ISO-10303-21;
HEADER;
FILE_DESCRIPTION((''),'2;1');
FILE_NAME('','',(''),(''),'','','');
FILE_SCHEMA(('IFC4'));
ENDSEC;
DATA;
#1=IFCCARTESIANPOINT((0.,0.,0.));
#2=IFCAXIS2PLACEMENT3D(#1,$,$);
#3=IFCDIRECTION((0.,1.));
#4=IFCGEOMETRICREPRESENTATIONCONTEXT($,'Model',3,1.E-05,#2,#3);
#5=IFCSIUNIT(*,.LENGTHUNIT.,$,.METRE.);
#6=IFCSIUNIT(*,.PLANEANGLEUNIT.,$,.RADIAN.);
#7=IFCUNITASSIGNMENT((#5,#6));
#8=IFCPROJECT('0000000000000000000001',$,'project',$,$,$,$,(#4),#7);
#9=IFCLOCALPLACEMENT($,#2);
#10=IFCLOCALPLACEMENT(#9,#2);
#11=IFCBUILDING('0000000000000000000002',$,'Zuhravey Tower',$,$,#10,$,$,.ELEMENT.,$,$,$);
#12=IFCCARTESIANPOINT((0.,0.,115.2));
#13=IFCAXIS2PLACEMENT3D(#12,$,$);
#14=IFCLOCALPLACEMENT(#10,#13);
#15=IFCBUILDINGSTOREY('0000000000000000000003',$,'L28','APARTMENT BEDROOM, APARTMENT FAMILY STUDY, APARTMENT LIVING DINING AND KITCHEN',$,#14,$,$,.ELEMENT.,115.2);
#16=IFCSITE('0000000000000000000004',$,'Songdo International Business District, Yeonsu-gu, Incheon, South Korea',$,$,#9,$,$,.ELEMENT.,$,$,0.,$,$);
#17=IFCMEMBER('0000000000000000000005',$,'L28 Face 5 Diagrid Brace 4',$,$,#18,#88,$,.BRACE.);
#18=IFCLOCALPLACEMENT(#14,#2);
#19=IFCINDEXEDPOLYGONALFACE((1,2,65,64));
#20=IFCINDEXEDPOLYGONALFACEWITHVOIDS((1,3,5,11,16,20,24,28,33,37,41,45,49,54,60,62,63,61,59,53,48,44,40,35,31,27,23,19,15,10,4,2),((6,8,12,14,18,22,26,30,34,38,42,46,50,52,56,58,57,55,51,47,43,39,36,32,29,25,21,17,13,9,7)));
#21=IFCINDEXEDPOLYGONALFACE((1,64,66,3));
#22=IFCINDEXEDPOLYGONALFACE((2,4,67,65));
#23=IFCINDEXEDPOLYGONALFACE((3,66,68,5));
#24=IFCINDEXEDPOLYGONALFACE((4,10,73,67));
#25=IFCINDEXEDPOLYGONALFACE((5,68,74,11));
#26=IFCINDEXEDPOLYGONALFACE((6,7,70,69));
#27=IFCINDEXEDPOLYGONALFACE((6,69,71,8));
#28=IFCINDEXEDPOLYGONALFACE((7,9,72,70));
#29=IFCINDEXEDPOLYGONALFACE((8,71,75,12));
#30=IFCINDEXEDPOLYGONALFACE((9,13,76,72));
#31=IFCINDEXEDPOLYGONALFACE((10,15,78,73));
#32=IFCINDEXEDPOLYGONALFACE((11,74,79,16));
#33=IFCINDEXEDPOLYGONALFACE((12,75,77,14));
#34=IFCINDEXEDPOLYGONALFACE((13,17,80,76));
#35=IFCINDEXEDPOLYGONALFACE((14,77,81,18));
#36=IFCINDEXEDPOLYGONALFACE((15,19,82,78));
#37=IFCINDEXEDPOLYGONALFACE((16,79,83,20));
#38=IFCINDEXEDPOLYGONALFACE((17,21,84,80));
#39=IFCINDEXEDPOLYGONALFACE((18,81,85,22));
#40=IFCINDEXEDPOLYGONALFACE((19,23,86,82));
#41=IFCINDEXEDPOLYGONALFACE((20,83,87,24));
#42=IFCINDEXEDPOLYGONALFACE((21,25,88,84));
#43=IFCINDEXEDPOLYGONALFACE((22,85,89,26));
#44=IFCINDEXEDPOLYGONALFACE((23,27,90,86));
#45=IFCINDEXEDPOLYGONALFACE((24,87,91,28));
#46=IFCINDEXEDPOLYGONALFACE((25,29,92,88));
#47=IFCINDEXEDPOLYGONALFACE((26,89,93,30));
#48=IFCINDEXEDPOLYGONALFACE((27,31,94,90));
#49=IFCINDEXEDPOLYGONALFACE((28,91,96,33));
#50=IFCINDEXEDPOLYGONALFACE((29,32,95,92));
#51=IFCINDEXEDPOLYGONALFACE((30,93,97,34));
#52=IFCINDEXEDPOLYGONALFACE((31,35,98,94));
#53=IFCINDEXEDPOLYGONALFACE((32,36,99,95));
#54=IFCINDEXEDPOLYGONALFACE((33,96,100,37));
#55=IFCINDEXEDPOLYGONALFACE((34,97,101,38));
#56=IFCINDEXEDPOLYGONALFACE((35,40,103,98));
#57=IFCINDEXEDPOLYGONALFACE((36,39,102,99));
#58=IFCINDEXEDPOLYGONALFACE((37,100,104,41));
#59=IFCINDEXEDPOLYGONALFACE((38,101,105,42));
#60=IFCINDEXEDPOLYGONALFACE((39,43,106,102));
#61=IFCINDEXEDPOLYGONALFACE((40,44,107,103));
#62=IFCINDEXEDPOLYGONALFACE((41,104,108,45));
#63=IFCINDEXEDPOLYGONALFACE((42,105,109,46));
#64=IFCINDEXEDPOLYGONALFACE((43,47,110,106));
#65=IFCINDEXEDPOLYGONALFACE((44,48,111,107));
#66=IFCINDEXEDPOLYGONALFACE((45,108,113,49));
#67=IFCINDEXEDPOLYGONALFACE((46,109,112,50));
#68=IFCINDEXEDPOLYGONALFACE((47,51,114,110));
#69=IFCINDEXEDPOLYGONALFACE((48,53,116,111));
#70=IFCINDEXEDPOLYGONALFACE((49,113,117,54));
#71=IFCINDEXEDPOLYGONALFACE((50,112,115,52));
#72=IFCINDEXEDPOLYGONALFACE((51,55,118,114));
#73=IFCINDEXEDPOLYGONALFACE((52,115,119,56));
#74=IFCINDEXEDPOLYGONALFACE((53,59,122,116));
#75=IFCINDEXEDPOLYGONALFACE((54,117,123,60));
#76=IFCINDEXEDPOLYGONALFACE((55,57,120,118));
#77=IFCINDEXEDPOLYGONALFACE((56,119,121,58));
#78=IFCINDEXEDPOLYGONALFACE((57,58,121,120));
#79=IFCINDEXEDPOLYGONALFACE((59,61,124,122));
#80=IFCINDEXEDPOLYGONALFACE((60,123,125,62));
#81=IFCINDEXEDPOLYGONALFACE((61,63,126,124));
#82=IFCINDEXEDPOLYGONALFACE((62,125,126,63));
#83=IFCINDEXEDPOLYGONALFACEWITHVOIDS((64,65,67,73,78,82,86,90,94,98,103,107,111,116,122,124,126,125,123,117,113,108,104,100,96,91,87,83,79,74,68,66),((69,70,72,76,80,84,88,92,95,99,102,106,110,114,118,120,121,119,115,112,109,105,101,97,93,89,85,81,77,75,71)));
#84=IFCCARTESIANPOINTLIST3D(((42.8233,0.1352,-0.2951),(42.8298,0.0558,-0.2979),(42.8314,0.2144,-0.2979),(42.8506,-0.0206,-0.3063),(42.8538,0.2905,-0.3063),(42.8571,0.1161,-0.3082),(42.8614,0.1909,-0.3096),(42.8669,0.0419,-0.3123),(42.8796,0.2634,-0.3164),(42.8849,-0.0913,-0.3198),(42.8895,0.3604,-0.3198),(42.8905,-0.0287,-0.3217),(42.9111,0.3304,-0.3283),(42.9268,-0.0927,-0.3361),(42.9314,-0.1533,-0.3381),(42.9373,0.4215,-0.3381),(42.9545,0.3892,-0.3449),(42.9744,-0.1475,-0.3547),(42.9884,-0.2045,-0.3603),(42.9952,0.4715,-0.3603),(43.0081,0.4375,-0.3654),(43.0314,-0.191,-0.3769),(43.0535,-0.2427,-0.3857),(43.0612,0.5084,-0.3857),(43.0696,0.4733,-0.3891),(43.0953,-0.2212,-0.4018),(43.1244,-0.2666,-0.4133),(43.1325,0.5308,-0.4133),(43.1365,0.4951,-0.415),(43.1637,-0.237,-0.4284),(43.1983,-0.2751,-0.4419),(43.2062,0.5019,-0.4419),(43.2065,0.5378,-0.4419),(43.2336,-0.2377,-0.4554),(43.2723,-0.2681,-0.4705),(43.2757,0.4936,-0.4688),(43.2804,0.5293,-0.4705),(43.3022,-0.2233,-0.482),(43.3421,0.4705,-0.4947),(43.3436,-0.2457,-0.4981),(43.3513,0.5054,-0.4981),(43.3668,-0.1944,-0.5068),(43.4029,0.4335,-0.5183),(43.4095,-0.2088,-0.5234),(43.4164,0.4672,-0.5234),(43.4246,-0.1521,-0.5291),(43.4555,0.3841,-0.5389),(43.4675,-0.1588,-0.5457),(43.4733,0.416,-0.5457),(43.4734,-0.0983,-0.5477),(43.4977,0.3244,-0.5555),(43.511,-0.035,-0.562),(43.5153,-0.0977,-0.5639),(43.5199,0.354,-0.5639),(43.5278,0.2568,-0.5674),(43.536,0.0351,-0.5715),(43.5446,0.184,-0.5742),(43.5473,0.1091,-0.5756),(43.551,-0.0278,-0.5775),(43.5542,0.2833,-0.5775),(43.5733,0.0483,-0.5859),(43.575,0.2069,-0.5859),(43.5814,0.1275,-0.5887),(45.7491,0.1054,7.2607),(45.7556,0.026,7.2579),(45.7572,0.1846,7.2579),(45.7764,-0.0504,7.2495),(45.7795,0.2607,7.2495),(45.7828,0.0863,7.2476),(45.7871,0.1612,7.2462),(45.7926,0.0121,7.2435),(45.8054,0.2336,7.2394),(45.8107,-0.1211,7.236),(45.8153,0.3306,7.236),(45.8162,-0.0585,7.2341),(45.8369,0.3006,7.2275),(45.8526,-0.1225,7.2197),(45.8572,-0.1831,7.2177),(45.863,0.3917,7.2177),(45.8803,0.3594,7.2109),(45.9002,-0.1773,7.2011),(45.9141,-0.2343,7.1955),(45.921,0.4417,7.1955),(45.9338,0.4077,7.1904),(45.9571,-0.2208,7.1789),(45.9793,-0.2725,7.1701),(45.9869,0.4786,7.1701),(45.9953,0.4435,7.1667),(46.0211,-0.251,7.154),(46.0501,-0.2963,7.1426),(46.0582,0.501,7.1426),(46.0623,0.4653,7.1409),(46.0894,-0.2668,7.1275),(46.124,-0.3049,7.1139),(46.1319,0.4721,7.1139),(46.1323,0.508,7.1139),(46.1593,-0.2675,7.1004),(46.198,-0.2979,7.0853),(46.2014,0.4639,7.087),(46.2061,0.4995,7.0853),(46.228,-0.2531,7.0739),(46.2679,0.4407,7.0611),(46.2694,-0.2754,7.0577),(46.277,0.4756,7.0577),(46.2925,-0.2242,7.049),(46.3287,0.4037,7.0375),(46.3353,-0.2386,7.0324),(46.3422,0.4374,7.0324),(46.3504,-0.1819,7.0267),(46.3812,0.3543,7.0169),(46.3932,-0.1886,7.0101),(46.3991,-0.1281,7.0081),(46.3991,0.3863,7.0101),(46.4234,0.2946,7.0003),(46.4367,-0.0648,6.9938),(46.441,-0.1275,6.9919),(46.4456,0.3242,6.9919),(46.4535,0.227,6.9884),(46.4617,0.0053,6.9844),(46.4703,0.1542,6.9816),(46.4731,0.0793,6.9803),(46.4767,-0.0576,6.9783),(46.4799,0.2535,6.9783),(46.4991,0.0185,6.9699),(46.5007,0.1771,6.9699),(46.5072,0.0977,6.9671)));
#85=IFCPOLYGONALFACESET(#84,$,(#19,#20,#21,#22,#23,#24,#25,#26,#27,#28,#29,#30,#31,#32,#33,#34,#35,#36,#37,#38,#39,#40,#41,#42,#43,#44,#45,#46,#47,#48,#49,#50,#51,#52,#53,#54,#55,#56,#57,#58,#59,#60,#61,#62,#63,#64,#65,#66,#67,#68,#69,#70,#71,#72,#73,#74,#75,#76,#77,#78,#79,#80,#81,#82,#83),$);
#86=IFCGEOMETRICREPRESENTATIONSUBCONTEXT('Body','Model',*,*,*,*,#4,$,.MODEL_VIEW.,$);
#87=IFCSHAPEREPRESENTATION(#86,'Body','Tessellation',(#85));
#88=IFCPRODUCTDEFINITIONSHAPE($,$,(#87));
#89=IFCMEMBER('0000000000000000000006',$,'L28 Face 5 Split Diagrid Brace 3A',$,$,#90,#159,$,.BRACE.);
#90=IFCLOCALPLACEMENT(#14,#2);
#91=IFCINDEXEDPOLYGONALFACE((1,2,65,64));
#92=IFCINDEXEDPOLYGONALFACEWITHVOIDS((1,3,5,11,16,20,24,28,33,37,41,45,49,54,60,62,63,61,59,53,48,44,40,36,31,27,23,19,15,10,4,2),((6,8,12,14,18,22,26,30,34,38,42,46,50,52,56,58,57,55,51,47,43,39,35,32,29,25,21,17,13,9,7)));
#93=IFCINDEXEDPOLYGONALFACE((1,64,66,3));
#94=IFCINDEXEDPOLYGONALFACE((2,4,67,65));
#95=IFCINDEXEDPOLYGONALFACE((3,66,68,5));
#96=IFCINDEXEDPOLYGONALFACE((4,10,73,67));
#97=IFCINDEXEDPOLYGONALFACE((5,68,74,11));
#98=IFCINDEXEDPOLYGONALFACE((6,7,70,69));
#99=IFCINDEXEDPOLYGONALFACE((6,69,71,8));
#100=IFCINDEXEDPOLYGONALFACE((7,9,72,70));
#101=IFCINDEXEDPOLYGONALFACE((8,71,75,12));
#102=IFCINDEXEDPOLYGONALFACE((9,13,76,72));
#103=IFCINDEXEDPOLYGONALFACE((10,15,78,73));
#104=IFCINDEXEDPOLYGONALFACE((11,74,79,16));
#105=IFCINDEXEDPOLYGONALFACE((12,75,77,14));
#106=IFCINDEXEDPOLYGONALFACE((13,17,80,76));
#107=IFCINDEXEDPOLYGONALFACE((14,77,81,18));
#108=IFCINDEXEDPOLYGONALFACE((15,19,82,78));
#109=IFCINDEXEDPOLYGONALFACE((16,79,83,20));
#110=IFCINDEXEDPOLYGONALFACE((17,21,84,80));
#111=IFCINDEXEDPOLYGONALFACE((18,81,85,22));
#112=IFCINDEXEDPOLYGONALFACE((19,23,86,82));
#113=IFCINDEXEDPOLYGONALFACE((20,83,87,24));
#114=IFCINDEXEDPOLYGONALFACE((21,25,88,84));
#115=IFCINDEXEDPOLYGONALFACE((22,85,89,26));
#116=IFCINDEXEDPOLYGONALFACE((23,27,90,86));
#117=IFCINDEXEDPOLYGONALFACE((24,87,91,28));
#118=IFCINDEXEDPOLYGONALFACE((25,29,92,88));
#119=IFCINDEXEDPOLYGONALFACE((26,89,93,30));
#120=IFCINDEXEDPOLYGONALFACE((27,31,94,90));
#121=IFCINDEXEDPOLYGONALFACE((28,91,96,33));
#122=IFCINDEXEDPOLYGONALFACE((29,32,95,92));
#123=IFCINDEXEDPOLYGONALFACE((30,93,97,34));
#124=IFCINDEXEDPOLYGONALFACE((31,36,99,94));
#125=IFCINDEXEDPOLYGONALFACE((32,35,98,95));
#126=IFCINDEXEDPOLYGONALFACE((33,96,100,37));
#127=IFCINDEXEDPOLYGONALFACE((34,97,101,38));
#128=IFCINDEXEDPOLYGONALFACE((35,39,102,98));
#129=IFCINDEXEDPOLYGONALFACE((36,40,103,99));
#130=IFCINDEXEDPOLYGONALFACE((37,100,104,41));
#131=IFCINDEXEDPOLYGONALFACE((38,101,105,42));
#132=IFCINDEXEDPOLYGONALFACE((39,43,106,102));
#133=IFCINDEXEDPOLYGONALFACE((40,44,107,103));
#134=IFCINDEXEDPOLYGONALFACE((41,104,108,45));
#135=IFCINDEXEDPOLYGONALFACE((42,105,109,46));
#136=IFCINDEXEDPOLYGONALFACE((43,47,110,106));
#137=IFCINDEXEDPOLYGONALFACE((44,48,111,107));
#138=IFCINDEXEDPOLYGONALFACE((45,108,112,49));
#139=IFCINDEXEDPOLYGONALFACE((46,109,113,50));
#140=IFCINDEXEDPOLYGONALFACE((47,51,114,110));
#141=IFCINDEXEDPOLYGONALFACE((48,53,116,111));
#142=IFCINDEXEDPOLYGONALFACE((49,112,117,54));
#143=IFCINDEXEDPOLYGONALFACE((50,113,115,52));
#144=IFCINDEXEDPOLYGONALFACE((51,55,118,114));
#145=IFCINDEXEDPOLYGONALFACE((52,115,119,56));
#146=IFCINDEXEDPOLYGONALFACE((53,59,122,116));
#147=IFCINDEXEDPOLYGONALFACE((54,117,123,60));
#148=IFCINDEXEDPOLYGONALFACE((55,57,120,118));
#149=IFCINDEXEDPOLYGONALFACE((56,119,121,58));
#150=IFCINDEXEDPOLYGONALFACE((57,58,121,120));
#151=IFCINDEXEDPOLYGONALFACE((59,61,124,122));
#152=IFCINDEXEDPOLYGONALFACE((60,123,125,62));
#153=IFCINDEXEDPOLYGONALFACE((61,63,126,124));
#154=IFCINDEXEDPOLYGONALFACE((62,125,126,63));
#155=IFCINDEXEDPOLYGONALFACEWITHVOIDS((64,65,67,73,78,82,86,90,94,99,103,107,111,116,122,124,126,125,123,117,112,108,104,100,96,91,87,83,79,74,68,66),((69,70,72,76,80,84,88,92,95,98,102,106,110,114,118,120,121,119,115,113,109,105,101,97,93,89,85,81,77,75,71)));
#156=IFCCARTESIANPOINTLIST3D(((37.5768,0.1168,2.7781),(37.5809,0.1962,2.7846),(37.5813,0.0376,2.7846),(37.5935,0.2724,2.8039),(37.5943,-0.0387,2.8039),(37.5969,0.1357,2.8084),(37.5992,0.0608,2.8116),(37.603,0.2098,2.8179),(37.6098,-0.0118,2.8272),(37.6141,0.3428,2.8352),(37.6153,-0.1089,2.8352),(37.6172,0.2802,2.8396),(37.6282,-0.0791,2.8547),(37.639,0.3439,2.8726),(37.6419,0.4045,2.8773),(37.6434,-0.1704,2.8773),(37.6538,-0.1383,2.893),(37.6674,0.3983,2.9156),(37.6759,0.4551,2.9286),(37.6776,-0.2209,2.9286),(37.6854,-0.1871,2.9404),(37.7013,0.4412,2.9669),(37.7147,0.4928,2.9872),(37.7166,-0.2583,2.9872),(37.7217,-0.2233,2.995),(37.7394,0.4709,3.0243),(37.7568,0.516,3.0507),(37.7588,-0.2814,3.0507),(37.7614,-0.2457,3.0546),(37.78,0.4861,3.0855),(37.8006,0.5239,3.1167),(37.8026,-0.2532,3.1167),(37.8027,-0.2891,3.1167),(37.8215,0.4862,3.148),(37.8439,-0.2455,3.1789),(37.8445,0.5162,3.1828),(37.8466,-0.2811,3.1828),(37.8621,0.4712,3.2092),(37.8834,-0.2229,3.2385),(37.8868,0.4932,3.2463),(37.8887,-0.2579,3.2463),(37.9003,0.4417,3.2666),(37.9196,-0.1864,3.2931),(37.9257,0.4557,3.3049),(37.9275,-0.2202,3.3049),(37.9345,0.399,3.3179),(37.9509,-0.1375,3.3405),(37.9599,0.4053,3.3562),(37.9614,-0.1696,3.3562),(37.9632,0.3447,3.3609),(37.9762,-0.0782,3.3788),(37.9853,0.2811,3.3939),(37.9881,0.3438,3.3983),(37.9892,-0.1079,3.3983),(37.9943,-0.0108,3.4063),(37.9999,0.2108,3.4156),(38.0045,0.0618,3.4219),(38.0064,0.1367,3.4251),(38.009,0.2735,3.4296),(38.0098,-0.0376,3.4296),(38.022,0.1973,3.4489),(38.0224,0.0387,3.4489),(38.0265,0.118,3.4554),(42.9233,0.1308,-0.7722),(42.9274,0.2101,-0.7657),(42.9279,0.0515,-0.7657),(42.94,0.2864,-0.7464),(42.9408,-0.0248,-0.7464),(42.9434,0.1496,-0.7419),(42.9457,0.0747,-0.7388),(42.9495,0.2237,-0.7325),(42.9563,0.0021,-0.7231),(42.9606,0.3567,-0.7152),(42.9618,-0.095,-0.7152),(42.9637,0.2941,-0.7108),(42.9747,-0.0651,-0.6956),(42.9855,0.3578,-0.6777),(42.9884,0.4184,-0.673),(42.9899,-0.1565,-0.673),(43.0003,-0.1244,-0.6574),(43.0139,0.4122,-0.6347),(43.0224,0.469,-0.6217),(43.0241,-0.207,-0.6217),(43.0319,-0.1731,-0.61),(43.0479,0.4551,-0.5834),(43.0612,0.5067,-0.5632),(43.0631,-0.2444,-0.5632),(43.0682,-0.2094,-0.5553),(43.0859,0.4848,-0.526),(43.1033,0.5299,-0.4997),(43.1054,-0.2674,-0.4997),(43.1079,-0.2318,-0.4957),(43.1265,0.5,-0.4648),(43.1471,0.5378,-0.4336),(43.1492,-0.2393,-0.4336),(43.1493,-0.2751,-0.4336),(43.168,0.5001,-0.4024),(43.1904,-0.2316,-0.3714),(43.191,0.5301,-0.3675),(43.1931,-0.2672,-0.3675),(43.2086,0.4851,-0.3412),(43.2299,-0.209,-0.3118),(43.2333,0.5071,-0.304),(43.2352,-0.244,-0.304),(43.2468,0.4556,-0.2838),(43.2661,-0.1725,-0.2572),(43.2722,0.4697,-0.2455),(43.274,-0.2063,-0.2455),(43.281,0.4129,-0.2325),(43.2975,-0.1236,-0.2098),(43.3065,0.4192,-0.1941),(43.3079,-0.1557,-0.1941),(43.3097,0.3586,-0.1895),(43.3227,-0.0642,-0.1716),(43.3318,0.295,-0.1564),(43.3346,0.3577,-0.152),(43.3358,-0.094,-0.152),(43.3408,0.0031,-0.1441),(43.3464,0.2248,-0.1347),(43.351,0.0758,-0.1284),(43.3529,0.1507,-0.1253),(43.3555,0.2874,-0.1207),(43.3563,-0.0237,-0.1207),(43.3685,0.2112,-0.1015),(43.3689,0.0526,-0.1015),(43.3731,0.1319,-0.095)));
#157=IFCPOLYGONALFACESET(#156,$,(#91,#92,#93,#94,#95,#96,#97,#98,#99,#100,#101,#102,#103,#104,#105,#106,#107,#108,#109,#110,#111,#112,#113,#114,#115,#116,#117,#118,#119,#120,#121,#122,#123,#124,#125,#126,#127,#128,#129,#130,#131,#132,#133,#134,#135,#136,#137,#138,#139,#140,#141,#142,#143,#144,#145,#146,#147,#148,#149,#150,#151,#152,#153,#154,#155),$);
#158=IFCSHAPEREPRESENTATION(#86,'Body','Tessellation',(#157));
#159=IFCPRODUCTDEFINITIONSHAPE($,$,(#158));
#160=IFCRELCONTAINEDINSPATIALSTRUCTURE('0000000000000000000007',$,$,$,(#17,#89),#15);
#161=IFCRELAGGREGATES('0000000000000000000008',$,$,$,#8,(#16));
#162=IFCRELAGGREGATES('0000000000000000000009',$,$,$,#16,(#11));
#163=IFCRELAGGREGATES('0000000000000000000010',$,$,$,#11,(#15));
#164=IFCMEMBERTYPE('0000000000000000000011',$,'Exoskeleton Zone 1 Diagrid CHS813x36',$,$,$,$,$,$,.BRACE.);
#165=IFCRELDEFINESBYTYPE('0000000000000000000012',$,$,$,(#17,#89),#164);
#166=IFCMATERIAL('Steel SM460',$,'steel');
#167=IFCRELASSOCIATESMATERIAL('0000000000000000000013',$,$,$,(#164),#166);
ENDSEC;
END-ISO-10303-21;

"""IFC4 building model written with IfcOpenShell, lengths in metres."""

from ifc_helpers import new_model, si_unit, direction, frame, origin, origin_2d, place, context, subcontext, project, spatial, hollow_circle, extrude, material, material_profile, profile_set, type_object, element, save


model = new_model("IFC4")

# Units and contexts
model_context = context("Model", 3, precision=1e-05, world=origin(), true_north=direction((0.0, 1.0)))
body_context = subcontext(model_context, "Body", "Model", "MODEL_VIEW")
ifc_project = project(units=[si_unit("LENGTHUNIT", "METRE"), si_unit("PLANEANGLEUNIT", "RADIAN")], contexts=[model_context])

# Site, building, storey
site_placement = place(None, origin())
site = spatial("IfcSite", under=ifc_project, at=site_placement, Name="Songdo International Business District, Yeonsu-gu, Incheon, South Korea", CompositionType="ELEMENT", RefElevation=0.0)
building_placement = place(site_placement, origin())
building = spatial("IfcBuilding", under=site, at=building_placement, Name="Zuhravey Tower", CompositionType="ELEMENT")
storey_placement = place(building_placement, frame((0.0, 0.0, 115.2)))
storey = spatial("IfcBuildingStorey", under=building, at=storey_placement, Name="L28", Description="APARTMENT BEDROOM, APARTMENT FAMILY STUDY, APARTMENT LIVING DINING AND KITCHEN", CompositionType="ELEMENT", Elevation=115.2)

# Members
ifc_material_1 = material(Name="Steel SM460", Category="steel")
ifc_material_profile_1 = material_profile(ifc_material_1, hollow_circle(Radius=0.4065, WallThickness=0.0359, at=origin_2d()), Name="CHS-812.8x36")
ifc_profile_set_1 = profile_set([ifc_material_profile_1], Name="Steel SM460")
member_type_1 = type_object("IfcMemberType", Name="Exoskeleton Zone 1 Diagrid CHS813x36", PredefinedType="BRACE", material=ifc_profile_set_1)
member_1_placement = place(storey_placement, frame((43.2024, 0.1313, -0.4419), z_axis=(0.36109, -0.003676, 0.932524), x_axis=(0.01018, 0.999948, 0.0)))
element("IfcMember", 1, at=member_1_placement, inside=storey, type_object=member_type_1, Name="L28 Face 5 Diagrid Brace 4", PredefinedType="BRACE", context=body_context, shape_type="SweptSolid", body=[
    extrude(hollow_circle(Radius=0.4065, WallThickness=0.0359, at=origin_2d()), origin(), (0.0, 0.0, 1.0), 8.1025),
])
member_2_placement = place(storey_placement, frame((43.1482, 0.1313, -0.4336), z_axis=(-0.833054, -0.002168, 0.553188), x_axis=(0.002603, -0.999997, 0.0)))
element("IfcMember", 2, at=member_2_placement, inside=storey, type_object=member_type_1, Name="L28 Face 5 Split Diagrid Brace 3A", PredefinedType="BRACE", context=body_context, shape_type="SweptSolid", body=[
    extrude(hollow_circle(Radius=0.4065, WallThickness=0.0359, at=origin_2d()), origin(), (0.0, 0.0, 1.0), 6.418),
])

save(model, "model.ifc")
